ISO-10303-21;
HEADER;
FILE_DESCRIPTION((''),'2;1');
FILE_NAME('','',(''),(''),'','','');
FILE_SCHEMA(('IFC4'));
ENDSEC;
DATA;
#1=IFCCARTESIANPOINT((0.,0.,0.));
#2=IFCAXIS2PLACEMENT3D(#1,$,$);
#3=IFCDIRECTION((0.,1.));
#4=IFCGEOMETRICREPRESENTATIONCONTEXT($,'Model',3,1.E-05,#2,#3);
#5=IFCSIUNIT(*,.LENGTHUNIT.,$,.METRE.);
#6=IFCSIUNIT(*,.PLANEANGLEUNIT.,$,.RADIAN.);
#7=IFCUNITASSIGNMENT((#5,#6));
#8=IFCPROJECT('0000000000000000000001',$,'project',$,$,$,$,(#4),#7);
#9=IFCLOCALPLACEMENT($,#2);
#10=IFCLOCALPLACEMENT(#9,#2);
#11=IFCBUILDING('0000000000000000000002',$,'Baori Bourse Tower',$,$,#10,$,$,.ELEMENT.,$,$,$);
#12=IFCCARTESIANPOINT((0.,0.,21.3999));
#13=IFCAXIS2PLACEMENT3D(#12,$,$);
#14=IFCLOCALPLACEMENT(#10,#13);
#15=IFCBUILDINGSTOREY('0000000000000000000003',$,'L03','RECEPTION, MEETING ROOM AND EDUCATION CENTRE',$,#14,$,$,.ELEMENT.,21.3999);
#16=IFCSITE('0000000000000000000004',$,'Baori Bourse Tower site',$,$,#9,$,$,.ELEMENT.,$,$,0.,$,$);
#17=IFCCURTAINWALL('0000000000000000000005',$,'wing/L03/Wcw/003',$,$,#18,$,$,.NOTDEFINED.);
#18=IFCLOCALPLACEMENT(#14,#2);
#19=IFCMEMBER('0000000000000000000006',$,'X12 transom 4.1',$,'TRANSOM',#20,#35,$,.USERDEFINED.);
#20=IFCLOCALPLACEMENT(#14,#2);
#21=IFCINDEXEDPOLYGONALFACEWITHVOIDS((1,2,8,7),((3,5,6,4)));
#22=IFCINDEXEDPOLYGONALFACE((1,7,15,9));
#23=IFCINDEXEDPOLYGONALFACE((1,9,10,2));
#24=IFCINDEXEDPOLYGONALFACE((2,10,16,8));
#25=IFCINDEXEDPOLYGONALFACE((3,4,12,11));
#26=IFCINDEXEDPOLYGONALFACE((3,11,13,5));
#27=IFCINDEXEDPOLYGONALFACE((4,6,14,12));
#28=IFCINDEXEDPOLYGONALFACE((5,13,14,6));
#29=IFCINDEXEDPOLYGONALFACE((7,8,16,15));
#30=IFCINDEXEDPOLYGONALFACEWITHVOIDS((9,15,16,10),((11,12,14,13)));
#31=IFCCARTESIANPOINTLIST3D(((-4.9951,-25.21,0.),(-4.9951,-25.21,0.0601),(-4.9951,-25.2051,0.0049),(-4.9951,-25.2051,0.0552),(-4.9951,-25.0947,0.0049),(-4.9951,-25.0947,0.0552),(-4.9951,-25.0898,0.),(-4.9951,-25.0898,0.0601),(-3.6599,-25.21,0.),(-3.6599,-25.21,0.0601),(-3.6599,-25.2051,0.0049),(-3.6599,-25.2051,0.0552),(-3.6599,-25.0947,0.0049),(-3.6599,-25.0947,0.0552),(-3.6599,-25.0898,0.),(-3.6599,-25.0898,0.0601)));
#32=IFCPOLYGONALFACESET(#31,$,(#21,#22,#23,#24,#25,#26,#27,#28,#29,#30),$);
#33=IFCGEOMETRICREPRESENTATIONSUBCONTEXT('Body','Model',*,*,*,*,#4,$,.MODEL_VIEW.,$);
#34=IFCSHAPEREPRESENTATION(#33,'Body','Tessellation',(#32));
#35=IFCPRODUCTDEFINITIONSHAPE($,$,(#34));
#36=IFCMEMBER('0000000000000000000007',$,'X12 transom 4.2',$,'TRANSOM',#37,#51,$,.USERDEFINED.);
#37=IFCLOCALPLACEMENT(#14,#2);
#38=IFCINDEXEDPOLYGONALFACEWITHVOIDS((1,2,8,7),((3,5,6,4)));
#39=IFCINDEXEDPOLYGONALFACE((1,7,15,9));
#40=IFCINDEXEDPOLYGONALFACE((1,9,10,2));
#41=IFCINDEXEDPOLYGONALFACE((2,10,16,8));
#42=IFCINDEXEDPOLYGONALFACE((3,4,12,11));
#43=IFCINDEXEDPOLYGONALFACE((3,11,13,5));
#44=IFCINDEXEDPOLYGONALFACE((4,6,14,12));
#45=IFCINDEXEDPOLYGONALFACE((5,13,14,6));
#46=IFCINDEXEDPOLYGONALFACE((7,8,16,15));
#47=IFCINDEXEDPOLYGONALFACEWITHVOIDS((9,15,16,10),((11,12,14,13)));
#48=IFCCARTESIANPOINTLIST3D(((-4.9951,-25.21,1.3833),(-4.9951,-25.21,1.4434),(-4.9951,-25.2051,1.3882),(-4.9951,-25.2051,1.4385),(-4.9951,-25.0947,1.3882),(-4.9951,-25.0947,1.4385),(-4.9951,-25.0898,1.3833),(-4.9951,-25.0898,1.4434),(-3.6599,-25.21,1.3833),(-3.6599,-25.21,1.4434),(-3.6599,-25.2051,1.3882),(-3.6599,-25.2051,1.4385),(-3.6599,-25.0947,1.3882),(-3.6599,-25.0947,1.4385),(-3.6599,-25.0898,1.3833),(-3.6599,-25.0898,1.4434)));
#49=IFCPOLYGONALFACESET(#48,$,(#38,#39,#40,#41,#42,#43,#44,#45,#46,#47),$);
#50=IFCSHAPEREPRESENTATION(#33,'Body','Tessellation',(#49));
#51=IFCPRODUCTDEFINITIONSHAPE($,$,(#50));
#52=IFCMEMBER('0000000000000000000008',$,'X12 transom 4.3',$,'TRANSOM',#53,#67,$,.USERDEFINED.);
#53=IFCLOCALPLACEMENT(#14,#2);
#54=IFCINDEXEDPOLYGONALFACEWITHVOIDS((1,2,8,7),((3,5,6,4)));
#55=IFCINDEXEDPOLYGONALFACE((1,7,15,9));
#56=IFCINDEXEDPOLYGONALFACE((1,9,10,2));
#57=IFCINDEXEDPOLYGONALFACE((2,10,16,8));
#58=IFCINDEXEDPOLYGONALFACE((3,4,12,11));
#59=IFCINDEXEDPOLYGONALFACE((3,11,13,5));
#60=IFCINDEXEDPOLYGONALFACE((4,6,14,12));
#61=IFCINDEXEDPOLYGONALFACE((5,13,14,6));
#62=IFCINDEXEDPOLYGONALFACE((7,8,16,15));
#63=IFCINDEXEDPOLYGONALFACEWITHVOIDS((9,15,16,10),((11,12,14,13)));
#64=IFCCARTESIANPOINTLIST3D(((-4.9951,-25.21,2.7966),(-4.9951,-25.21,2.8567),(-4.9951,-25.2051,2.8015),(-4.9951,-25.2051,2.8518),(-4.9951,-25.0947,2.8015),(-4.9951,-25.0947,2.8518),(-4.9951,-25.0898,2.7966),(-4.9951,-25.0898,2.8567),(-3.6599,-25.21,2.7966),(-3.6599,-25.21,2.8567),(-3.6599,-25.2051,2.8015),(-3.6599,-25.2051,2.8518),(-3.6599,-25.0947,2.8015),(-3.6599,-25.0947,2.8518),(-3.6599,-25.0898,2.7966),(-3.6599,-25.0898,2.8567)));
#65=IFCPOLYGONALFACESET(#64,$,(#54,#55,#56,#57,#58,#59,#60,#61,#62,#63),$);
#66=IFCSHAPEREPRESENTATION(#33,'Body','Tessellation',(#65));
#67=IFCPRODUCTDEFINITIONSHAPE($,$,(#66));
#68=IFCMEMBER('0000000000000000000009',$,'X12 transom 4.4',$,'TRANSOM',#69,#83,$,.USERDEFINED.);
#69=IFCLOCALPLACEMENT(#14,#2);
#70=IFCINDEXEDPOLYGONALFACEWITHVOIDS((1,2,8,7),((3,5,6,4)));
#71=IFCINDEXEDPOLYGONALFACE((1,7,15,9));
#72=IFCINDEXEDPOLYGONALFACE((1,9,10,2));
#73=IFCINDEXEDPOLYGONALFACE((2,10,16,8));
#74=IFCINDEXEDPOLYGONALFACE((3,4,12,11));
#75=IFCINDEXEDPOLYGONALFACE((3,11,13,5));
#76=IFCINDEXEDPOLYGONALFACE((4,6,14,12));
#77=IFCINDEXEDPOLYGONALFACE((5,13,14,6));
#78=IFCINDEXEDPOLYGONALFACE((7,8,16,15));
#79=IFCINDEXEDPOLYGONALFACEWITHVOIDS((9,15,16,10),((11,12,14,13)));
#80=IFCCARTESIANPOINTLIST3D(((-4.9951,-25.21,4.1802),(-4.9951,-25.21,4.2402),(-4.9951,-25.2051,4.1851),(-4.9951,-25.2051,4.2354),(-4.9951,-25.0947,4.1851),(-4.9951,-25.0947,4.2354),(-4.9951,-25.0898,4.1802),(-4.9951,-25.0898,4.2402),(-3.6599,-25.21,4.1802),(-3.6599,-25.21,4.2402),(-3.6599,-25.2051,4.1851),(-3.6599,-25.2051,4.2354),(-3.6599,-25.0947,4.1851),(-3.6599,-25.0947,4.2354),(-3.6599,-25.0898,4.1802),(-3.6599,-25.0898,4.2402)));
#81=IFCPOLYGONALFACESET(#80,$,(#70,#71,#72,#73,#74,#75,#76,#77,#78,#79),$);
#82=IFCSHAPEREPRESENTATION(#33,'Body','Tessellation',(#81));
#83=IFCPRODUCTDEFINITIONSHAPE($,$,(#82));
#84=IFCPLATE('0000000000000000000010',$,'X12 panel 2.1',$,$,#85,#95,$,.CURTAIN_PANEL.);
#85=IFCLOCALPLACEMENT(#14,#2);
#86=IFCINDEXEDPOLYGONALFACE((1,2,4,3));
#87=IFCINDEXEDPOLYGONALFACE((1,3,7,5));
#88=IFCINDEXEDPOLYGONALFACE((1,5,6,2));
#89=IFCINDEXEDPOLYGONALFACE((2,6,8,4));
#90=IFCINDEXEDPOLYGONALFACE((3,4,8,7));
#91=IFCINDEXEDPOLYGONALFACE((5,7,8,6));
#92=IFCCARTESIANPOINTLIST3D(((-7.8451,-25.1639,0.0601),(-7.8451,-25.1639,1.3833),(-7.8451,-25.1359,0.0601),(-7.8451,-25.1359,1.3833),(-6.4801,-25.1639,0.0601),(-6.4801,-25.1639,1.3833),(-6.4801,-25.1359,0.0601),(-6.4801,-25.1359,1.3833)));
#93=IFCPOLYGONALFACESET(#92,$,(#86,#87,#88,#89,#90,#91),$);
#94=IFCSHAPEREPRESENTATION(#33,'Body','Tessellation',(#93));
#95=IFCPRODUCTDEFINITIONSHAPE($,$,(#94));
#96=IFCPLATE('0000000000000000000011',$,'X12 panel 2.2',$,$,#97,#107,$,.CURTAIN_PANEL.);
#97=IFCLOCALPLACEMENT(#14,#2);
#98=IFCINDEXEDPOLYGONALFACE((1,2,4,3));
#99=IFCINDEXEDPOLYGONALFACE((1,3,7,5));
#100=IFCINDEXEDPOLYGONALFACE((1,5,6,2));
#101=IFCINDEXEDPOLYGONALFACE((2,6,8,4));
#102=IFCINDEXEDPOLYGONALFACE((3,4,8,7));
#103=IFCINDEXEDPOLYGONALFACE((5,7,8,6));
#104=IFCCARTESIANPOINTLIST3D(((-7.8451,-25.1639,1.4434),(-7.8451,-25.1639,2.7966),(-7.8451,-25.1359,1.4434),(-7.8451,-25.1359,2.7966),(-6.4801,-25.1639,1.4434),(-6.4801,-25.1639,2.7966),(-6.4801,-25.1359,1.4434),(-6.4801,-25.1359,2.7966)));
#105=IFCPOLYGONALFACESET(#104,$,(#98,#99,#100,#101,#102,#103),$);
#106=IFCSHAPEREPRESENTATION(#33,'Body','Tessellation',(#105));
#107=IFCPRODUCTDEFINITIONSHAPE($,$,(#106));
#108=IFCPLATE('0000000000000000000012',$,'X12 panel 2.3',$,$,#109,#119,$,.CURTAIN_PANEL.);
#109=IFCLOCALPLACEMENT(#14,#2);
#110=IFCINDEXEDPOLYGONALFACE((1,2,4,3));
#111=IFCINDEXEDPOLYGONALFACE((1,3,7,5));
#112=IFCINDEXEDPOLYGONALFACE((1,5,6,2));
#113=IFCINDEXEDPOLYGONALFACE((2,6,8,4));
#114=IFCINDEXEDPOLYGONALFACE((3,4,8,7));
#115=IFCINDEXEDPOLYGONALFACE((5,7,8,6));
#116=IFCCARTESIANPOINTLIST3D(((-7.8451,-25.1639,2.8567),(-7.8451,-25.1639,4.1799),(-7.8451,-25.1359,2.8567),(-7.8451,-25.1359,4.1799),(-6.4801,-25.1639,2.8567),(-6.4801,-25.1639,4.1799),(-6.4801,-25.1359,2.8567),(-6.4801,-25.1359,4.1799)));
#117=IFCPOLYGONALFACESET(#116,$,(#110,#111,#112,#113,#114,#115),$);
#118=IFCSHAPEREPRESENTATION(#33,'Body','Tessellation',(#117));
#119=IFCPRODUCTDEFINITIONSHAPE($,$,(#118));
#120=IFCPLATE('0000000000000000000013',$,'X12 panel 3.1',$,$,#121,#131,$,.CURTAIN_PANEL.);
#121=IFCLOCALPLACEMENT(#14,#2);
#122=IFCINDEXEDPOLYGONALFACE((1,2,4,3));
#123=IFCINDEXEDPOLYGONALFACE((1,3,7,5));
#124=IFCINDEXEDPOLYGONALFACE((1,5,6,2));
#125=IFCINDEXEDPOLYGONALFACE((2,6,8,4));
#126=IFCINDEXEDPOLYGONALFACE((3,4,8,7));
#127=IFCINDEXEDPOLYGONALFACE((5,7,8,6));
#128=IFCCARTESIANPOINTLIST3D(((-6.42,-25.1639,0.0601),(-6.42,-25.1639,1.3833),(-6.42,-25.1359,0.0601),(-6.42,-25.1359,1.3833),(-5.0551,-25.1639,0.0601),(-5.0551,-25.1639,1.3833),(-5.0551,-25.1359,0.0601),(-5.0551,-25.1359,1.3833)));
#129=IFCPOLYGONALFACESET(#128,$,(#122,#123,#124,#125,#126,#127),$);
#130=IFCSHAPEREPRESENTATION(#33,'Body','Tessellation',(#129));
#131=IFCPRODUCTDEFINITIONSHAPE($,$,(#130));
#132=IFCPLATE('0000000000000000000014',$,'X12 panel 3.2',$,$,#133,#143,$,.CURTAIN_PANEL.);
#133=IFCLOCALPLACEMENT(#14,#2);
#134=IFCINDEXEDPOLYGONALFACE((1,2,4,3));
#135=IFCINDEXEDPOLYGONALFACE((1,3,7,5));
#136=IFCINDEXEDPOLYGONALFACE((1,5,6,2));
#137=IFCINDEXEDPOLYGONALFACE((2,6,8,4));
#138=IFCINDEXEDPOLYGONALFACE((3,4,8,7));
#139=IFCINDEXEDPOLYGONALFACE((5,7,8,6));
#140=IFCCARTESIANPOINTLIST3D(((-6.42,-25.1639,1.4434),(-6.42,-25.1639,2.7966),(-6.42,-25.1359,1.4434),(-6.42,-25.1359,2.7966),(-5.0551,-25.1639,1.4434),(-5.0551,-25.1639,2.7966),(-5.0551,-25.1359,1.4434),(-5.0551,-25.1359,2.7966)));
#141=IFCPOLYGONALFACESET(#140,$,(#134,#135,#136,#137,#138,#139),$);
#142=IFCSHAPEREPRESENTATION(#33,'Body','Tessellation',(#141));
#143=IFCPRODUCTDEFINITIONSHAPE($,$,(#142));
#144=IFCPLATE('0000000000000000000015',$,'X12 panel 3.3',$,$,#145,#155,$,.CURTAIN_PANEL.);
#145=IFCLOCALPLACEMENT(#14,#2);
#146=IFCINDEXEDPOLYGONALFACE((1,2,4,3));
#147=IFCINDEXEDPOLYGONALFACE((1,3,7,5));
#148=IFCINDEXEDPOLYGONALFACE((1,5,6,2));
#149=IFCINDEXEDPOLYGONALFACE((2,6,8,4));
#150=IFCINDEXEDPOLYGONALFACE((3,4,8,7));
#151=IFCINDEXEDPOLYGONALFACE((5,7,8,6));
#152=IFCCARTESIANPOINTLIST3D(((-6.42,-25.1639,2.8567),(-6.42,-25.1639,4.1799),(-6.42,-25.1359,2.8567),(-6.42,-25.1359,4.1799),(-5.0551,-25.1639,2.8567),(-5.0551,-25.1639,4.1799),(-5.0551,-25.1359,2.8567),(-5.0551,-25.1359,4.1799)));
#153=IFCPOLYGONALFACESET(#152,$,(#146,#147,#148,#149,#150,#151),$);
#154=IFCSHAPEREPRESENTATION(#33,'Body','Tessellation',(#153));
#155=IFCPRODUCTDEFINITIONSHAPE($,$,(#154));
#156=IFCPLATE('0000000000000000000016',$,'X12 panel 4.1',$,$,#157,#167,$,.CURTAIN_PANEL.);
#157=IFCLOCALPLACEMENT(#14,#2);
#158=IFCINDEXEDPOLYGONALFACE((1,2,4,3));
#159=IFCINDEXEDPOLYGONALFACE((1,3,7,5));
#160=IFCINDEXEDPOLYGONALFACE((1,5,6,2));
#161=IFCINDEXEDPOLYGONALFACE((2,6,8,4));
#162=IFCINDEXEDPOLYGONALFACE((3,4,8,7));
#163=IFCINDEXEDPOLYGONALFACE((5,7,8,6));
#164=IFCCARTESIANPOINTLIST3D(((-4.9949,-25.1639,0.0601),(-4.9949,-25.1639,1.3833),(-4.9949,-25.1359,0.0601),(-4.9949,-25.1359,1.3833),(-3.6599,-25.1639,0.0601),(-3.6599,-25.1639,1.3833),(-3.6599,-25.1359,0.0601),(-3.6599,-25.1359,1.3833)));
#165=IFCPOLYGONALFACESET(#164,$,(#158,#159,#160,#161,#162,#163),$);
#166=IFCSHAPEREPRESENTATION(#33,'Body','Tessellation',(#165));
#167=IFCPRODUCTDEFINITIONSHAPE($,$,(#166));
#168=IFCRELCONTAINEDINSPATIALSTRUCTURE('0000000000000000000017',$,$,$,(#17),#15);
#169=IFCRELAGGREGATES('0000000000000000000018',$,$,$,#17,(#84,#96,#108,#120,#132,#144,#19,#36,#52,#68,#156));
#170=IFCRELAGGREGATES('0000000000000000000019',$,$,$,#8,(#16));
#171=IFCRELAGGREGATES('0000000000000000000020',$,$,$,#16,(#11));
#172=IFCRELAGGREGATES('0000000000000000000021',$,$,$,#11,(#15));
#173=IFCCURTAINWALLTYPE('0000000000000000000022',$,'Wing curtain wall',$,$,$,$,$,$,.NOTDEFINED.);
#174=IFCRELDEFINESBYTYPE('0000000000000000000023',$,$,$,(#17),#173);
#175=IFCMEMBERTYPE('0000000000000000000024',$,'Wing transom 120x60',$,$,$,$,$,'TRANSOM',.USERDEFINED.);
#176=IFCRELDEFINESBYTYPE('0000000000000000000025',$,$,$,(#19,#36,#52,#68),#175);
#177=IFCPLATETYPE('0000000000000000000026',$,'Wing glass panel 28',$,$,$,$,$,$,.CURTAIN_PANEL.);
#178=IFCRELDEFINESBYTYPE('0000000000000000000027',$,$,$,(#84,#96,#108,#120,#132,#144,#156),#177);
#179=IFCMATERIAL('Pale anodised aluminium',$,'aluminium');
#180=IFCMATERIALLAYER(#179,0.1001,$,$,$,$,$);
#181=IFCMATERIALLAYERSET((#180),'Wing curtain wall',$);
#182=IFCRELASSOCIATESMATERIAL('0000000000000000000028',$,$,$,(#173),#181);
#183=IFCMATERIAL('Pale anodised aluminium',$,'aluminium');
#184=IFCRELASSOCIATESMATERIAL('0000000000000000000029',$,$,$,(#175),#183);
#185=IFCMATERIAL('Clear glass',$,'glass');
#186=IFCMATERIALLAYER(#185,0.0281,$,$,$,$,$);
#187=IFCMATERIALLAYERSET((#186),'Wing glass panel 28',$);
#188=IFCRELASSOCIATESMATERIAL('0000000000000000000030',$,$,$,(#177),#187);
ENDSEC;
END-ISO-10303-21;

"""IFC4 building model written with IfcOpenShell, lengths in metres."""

from ifc_helpers import new_model, si_unit, direction, frame, origin, origin_2d, place, context, subcontext, project, spatial, rectangle, hollow_rectangle, extrude, material, layer, layer_set, material_profile, profile_set, type_object, element, aggregate, save


model = new_model("IFC4")

# Units and contexts
model_context = context("Model", 3, precision=1e-05, world=origin(), true_north=direction((0.0, 1.0)))
body_context = subcontext(model_context, "Body", "Model", "MODEL_VIEW")
ifc_project = project(units=[si_unit("LENGTHUNIT", "METRE"), si_unit("PLANEANGLEUNIT", "RADIAN")], contexts=[model_context])

# Site, building, storey
site_placement = place(None, origin())
site = spatial("IfcSite", under=ifc_project, at=site_placement, Name="Baori Bourse Tower site", CompositionType="ELEMENT", RefElevation=0.0)
building_placement = place(site_placement, origin())
building = spatial("IfcBuilding", under=site, at=building_placement, Name="Baori Bourse Tower", CompositionType="ELEMENT")
storey_placement = place(building_placement, frame((0.0, 0.0, 21.3999)))
storey = spatial("IfcBuildingStorey", under=building, at=storey_placement, Name="L03", Description="RECEPTION, MEETING ROOM AND EDUCATION CENTRE", CompositionType="ELEMENT", Elevation=21.3999)

# Curtain wall, members, plates
ifc_material_1 = material(Name="Pale anodised aluminium", Category="aluminium")
ifc_layer_1 = layer(ifc_material_1, 0.1001)
ifc_layer_set_1 = layer_set([ifc_layer_1], Name="Wing curtain wall")
curtain_wall_type = type_object("IfcCurtainWallType", Name="Wing curtain wall", PredefinedType="NOTDEFINED", material=ifc_layer_set_1)
curtain_wall_placement = place(storey_placement, origin())
curtain_wall = element("IfcCurtainWall", 1, at=curtain_wall_placement, inside=storey, type_object=curtain_wall_type, Name="wing/L03/Wcw/003", PredefinedType="NOTDEFINED")
ifc_material_2 = material(Name="Pale anodised aluminium", Category="aluminium")
ifc_material_profile_1 = material_profile(ifc_material_2, hollow_rectangle(XDim=0.1201, YDim=0.0601, WallThickness=0.0049, at=origin_2d()), Name="Transom 120x60x5")
ifc_profile_set_1 = profile_set([ifc_material_profile_1], Name="Pale anodised aluminium")
member_type_1 = type_object("IfcMemberType", Name="Wing transom 120x60", ElementType="TRANSOM", PredefinedType="USERDEFINED", material=ifc_profile_set_1)
member_1_placement = place(storey_placement, frame((-4.9951, -25.1499, 0.03), z_axis=(1.0, 0.0, 0.0), x_axis=(0.0, 1.0, 0.0)))
member_1 = element("IfcMember", 2, at=member_1_placement, type_object=member_type_1, Name="X12 transom 4.1", ObjectType="TRANSOM", PredefinedType="USERDEFINED", context=body_context, shape_type="SweptSolid", body=[
    extrude(hollow_rectangle(XDim=0.1201, YDim=0.0601, WallThickness=0.0049, at=origin_2d()), origin(), (0.0, 0.0, 1.0), 1.3352),
])
member_2_placement = place(storey_placement, frame((-4.9951, -25.1499, 1.4133), z_axis=(1.0, 0.0, 0.0), x_axis=(0.0, 1.0, 0.0)))
member_2 = element("IfcMember", 3, at=member_2_placement, type_object=member_type_1, Name="X12 transom 4.2", ObjectType="TRANSOM", PredefinedType="USERDEFINED", context=body_context, shape_type="SweptSolid", body=[
    extrude(hollow_rectangle(XDim=0.1201, YDim=0.0601, WallThickness=0.0049, at=origin_2d()), origin(), (0.0, 0.0, 1.0), 1.3352),
])
member_3_placement = place(storey_placement, frame((-4.9951, -25.1499, 2.8267), z_axis=(1.0, 0.0, 0.0), x_axis=(0.0, 1.0, 0.0)))
member_3 = element("IfcMember", 4, at=member_3_placement, type_object=member_type_1, Name="X12 transom 4.3", ObjectType="TRANSOM", PredefinedType="USERDEFINED", context=body_context, shape_type="SweptSolid", body=[
    extrude(hollow_rectangle(XDim=0.1201, YDim=0.0601, WallThickness=0.0049, at=origin_2d()), origin(), (0.0, 0.0, 1.0), 1.3352),
])
member_4_placement = place(storey_placement, frame((-4.9951, -25.1499, 4.2102), z_axis=(1.0, 0.0, 0.0), x_axis=(0.0, 1.0, 0.0)))
member_4 = element("IfcMember", 5, at=member_4_placement, type_object=member_type_1, Name="X12 transom 4.4", ObjectType="TRANSOM", PredefinedType="USERDEFINED", context=body_context, shape_type="SweptSolid", body=[
    extrude(hollow_rectangle(XDim=0.1201, YDim=0.0601, WallThickness=0.0049, at=origin_2d()), origin(), (0.0, 0.0, 1.0), 1.3352),
])
ifc_material_3 = material(Name="Clear glass", Category="glass")
ifc_layer_2 = layer(ifc_material_3, 0.0281)
ifc_layer_set_2 = layer_set([ifc_layer_2], Name="Wing glass panel 28")
plate_type = type_object("IfcPlateType", Name="Wing glass panel 28", PredefinedType="CURTAIN_PANEL", material=ifc_layer_set_2)
plate_1_placement = place(storey_placement, frame((-7.1626, -25.1499, 0.0601), z_axis=(0.0, 0.0, 1.0), x_axis=(1.0, 0.0, 0.0)))
plate_1 = element("IfcPlate", 6, at=plate_1_placement, type_object=plate_type, Name="X12 panel 2.1", PredefinedType="CURTAIN_PANEL", context=body_context, shape_type="SweptSolid", body=[
    extrude(rectangle(XDim=1.365, YDim=0.0281, at=origin_2d()), origin(), (0.0, 0.0, 1.0), 1.3232),
])
plate_2_placement = place(storey_placement, frame((-7.1626, -25.1499, 1.4434), z_axis=(0.0, 0.0, 1.0), x_axis=(1.0, 0.0, 0.0)))
plate_2 = element("IfcPlate", 7, at=plate_2_placement, type_object=plate_type, Name="X12 panel 2.2", PredefinedType="CURTAIN_PANEL", context=body_context, shape_type="SweptSolid", body=[
    extrude(rectangle(XDim=1.365, YDim=0.0281, at=origin_2d()), origin(), (0.0, 0.0, 1.0), 1.3533),
])
plate_3_placement = place(storey_placement, frame((-7.1626, -25.1499, 2.8567), z_axis=(0.0, 0.0, 1.0), x_axis=(1.0, 0.0, 0.0)))
plate_3 = element("IfcPlate", 8, at=plate_3_placement, type_object=plate_type, Name="X12 panel 2.3", PredefinedType="CURTAIN_PANEL", context=body_context, shape_type="SweptSolid", body=[
    extrude(rectangle(XDim=1.365, YDim=0.0281, at=origin_2d()), origin(), (0.0, 0.0, 1.0), 1.3232),
])
plate_4_placement = place(storey_placement, frame((-5.7375, -25.1499, 0.0601), z_axis=(0.0, 0.0, 1.0), x_axis=(1.0, 0.0, 0.0)))
plate_4 = element("IfcPlate", 9, at=plate_4_placement, type_object=plate_type, Name="X12 panel 3.1", PredefinedType="CURTAIN_PANEL", context=body_context, shape_type="SweptSolid", body=[
    extrude(rectangle(XDim=1.365, YDim=0.0281, at=origin_2d()), origin(), (0.0, 0.0, 1.0), 1.3232),
])
plate_5_placement = place(storey_placement, frame((-5.7375, -25.1499, 1.4434), z_axis=(0.0, 0.0, 1.0), x_axis=(1.0, 0.0, 0.0)))
plate_5 = element("IfcPlate", 10, at=plate_5_placement, type_object=plate_type, Name="X12 panel 3.2", PredefinedType="CURTAIN_PANEL", context=body_context, shape_type="SweptSolid", body=[
    extrude(rectangle(XDim=1.365, YDim=0.0281, at=origin_2d()), origin(), (0.0, 0.0, 1.0), 1.3533),
])
plate_6_placement = place(storey_placement, frame((-5.7375, -25.1499, 2.8567), z_axis=(0.0, 0.0, 1.0), x_axis=(1.0, 0.0, 0.0)))
plate_6 = element("IfcPlate", 11, at=plate_6_placement, type_object=plate_type, Name="X12 panel 3.3", PredefinedType="CURTAIN_PANEL", context=body_context, shape_type="SweptSolid", body=[
    extrude(rectangle(XDim=1.365, YDim=0.0281, at=origin_2d()), origin(), (0.0, 0.0, 1.0), 1.3232),
])
plate_7_placement = place(storey_placement, frame((-4.3274, -25.1499, 0.0601), z_axis=(0.0, 0.0, 1.0), x_axis=(1.0, 0.0, 0.0)))
plate_7 = element("IfcPlate", 12, at=plate_7_placement, type_object=plate_type, Name="X12 panel 4.1", PredefinedType="CURTAIN_PANEL", context=body_context, shape_type="SweptSolid", body=[
    extrude(rectangle(XDim=1.335, YDim=0.0281, at=origin_2d()), origin(), (0.0, 0.0, 1.0), 1.3232),
])
aggregate(curtain_wall, [plate_1, plate_2, plate_3, plate_4, plate_5, plate_6, member_1, member_2, member_3, member_4, plate_7])

save(model, "model.ifc")
